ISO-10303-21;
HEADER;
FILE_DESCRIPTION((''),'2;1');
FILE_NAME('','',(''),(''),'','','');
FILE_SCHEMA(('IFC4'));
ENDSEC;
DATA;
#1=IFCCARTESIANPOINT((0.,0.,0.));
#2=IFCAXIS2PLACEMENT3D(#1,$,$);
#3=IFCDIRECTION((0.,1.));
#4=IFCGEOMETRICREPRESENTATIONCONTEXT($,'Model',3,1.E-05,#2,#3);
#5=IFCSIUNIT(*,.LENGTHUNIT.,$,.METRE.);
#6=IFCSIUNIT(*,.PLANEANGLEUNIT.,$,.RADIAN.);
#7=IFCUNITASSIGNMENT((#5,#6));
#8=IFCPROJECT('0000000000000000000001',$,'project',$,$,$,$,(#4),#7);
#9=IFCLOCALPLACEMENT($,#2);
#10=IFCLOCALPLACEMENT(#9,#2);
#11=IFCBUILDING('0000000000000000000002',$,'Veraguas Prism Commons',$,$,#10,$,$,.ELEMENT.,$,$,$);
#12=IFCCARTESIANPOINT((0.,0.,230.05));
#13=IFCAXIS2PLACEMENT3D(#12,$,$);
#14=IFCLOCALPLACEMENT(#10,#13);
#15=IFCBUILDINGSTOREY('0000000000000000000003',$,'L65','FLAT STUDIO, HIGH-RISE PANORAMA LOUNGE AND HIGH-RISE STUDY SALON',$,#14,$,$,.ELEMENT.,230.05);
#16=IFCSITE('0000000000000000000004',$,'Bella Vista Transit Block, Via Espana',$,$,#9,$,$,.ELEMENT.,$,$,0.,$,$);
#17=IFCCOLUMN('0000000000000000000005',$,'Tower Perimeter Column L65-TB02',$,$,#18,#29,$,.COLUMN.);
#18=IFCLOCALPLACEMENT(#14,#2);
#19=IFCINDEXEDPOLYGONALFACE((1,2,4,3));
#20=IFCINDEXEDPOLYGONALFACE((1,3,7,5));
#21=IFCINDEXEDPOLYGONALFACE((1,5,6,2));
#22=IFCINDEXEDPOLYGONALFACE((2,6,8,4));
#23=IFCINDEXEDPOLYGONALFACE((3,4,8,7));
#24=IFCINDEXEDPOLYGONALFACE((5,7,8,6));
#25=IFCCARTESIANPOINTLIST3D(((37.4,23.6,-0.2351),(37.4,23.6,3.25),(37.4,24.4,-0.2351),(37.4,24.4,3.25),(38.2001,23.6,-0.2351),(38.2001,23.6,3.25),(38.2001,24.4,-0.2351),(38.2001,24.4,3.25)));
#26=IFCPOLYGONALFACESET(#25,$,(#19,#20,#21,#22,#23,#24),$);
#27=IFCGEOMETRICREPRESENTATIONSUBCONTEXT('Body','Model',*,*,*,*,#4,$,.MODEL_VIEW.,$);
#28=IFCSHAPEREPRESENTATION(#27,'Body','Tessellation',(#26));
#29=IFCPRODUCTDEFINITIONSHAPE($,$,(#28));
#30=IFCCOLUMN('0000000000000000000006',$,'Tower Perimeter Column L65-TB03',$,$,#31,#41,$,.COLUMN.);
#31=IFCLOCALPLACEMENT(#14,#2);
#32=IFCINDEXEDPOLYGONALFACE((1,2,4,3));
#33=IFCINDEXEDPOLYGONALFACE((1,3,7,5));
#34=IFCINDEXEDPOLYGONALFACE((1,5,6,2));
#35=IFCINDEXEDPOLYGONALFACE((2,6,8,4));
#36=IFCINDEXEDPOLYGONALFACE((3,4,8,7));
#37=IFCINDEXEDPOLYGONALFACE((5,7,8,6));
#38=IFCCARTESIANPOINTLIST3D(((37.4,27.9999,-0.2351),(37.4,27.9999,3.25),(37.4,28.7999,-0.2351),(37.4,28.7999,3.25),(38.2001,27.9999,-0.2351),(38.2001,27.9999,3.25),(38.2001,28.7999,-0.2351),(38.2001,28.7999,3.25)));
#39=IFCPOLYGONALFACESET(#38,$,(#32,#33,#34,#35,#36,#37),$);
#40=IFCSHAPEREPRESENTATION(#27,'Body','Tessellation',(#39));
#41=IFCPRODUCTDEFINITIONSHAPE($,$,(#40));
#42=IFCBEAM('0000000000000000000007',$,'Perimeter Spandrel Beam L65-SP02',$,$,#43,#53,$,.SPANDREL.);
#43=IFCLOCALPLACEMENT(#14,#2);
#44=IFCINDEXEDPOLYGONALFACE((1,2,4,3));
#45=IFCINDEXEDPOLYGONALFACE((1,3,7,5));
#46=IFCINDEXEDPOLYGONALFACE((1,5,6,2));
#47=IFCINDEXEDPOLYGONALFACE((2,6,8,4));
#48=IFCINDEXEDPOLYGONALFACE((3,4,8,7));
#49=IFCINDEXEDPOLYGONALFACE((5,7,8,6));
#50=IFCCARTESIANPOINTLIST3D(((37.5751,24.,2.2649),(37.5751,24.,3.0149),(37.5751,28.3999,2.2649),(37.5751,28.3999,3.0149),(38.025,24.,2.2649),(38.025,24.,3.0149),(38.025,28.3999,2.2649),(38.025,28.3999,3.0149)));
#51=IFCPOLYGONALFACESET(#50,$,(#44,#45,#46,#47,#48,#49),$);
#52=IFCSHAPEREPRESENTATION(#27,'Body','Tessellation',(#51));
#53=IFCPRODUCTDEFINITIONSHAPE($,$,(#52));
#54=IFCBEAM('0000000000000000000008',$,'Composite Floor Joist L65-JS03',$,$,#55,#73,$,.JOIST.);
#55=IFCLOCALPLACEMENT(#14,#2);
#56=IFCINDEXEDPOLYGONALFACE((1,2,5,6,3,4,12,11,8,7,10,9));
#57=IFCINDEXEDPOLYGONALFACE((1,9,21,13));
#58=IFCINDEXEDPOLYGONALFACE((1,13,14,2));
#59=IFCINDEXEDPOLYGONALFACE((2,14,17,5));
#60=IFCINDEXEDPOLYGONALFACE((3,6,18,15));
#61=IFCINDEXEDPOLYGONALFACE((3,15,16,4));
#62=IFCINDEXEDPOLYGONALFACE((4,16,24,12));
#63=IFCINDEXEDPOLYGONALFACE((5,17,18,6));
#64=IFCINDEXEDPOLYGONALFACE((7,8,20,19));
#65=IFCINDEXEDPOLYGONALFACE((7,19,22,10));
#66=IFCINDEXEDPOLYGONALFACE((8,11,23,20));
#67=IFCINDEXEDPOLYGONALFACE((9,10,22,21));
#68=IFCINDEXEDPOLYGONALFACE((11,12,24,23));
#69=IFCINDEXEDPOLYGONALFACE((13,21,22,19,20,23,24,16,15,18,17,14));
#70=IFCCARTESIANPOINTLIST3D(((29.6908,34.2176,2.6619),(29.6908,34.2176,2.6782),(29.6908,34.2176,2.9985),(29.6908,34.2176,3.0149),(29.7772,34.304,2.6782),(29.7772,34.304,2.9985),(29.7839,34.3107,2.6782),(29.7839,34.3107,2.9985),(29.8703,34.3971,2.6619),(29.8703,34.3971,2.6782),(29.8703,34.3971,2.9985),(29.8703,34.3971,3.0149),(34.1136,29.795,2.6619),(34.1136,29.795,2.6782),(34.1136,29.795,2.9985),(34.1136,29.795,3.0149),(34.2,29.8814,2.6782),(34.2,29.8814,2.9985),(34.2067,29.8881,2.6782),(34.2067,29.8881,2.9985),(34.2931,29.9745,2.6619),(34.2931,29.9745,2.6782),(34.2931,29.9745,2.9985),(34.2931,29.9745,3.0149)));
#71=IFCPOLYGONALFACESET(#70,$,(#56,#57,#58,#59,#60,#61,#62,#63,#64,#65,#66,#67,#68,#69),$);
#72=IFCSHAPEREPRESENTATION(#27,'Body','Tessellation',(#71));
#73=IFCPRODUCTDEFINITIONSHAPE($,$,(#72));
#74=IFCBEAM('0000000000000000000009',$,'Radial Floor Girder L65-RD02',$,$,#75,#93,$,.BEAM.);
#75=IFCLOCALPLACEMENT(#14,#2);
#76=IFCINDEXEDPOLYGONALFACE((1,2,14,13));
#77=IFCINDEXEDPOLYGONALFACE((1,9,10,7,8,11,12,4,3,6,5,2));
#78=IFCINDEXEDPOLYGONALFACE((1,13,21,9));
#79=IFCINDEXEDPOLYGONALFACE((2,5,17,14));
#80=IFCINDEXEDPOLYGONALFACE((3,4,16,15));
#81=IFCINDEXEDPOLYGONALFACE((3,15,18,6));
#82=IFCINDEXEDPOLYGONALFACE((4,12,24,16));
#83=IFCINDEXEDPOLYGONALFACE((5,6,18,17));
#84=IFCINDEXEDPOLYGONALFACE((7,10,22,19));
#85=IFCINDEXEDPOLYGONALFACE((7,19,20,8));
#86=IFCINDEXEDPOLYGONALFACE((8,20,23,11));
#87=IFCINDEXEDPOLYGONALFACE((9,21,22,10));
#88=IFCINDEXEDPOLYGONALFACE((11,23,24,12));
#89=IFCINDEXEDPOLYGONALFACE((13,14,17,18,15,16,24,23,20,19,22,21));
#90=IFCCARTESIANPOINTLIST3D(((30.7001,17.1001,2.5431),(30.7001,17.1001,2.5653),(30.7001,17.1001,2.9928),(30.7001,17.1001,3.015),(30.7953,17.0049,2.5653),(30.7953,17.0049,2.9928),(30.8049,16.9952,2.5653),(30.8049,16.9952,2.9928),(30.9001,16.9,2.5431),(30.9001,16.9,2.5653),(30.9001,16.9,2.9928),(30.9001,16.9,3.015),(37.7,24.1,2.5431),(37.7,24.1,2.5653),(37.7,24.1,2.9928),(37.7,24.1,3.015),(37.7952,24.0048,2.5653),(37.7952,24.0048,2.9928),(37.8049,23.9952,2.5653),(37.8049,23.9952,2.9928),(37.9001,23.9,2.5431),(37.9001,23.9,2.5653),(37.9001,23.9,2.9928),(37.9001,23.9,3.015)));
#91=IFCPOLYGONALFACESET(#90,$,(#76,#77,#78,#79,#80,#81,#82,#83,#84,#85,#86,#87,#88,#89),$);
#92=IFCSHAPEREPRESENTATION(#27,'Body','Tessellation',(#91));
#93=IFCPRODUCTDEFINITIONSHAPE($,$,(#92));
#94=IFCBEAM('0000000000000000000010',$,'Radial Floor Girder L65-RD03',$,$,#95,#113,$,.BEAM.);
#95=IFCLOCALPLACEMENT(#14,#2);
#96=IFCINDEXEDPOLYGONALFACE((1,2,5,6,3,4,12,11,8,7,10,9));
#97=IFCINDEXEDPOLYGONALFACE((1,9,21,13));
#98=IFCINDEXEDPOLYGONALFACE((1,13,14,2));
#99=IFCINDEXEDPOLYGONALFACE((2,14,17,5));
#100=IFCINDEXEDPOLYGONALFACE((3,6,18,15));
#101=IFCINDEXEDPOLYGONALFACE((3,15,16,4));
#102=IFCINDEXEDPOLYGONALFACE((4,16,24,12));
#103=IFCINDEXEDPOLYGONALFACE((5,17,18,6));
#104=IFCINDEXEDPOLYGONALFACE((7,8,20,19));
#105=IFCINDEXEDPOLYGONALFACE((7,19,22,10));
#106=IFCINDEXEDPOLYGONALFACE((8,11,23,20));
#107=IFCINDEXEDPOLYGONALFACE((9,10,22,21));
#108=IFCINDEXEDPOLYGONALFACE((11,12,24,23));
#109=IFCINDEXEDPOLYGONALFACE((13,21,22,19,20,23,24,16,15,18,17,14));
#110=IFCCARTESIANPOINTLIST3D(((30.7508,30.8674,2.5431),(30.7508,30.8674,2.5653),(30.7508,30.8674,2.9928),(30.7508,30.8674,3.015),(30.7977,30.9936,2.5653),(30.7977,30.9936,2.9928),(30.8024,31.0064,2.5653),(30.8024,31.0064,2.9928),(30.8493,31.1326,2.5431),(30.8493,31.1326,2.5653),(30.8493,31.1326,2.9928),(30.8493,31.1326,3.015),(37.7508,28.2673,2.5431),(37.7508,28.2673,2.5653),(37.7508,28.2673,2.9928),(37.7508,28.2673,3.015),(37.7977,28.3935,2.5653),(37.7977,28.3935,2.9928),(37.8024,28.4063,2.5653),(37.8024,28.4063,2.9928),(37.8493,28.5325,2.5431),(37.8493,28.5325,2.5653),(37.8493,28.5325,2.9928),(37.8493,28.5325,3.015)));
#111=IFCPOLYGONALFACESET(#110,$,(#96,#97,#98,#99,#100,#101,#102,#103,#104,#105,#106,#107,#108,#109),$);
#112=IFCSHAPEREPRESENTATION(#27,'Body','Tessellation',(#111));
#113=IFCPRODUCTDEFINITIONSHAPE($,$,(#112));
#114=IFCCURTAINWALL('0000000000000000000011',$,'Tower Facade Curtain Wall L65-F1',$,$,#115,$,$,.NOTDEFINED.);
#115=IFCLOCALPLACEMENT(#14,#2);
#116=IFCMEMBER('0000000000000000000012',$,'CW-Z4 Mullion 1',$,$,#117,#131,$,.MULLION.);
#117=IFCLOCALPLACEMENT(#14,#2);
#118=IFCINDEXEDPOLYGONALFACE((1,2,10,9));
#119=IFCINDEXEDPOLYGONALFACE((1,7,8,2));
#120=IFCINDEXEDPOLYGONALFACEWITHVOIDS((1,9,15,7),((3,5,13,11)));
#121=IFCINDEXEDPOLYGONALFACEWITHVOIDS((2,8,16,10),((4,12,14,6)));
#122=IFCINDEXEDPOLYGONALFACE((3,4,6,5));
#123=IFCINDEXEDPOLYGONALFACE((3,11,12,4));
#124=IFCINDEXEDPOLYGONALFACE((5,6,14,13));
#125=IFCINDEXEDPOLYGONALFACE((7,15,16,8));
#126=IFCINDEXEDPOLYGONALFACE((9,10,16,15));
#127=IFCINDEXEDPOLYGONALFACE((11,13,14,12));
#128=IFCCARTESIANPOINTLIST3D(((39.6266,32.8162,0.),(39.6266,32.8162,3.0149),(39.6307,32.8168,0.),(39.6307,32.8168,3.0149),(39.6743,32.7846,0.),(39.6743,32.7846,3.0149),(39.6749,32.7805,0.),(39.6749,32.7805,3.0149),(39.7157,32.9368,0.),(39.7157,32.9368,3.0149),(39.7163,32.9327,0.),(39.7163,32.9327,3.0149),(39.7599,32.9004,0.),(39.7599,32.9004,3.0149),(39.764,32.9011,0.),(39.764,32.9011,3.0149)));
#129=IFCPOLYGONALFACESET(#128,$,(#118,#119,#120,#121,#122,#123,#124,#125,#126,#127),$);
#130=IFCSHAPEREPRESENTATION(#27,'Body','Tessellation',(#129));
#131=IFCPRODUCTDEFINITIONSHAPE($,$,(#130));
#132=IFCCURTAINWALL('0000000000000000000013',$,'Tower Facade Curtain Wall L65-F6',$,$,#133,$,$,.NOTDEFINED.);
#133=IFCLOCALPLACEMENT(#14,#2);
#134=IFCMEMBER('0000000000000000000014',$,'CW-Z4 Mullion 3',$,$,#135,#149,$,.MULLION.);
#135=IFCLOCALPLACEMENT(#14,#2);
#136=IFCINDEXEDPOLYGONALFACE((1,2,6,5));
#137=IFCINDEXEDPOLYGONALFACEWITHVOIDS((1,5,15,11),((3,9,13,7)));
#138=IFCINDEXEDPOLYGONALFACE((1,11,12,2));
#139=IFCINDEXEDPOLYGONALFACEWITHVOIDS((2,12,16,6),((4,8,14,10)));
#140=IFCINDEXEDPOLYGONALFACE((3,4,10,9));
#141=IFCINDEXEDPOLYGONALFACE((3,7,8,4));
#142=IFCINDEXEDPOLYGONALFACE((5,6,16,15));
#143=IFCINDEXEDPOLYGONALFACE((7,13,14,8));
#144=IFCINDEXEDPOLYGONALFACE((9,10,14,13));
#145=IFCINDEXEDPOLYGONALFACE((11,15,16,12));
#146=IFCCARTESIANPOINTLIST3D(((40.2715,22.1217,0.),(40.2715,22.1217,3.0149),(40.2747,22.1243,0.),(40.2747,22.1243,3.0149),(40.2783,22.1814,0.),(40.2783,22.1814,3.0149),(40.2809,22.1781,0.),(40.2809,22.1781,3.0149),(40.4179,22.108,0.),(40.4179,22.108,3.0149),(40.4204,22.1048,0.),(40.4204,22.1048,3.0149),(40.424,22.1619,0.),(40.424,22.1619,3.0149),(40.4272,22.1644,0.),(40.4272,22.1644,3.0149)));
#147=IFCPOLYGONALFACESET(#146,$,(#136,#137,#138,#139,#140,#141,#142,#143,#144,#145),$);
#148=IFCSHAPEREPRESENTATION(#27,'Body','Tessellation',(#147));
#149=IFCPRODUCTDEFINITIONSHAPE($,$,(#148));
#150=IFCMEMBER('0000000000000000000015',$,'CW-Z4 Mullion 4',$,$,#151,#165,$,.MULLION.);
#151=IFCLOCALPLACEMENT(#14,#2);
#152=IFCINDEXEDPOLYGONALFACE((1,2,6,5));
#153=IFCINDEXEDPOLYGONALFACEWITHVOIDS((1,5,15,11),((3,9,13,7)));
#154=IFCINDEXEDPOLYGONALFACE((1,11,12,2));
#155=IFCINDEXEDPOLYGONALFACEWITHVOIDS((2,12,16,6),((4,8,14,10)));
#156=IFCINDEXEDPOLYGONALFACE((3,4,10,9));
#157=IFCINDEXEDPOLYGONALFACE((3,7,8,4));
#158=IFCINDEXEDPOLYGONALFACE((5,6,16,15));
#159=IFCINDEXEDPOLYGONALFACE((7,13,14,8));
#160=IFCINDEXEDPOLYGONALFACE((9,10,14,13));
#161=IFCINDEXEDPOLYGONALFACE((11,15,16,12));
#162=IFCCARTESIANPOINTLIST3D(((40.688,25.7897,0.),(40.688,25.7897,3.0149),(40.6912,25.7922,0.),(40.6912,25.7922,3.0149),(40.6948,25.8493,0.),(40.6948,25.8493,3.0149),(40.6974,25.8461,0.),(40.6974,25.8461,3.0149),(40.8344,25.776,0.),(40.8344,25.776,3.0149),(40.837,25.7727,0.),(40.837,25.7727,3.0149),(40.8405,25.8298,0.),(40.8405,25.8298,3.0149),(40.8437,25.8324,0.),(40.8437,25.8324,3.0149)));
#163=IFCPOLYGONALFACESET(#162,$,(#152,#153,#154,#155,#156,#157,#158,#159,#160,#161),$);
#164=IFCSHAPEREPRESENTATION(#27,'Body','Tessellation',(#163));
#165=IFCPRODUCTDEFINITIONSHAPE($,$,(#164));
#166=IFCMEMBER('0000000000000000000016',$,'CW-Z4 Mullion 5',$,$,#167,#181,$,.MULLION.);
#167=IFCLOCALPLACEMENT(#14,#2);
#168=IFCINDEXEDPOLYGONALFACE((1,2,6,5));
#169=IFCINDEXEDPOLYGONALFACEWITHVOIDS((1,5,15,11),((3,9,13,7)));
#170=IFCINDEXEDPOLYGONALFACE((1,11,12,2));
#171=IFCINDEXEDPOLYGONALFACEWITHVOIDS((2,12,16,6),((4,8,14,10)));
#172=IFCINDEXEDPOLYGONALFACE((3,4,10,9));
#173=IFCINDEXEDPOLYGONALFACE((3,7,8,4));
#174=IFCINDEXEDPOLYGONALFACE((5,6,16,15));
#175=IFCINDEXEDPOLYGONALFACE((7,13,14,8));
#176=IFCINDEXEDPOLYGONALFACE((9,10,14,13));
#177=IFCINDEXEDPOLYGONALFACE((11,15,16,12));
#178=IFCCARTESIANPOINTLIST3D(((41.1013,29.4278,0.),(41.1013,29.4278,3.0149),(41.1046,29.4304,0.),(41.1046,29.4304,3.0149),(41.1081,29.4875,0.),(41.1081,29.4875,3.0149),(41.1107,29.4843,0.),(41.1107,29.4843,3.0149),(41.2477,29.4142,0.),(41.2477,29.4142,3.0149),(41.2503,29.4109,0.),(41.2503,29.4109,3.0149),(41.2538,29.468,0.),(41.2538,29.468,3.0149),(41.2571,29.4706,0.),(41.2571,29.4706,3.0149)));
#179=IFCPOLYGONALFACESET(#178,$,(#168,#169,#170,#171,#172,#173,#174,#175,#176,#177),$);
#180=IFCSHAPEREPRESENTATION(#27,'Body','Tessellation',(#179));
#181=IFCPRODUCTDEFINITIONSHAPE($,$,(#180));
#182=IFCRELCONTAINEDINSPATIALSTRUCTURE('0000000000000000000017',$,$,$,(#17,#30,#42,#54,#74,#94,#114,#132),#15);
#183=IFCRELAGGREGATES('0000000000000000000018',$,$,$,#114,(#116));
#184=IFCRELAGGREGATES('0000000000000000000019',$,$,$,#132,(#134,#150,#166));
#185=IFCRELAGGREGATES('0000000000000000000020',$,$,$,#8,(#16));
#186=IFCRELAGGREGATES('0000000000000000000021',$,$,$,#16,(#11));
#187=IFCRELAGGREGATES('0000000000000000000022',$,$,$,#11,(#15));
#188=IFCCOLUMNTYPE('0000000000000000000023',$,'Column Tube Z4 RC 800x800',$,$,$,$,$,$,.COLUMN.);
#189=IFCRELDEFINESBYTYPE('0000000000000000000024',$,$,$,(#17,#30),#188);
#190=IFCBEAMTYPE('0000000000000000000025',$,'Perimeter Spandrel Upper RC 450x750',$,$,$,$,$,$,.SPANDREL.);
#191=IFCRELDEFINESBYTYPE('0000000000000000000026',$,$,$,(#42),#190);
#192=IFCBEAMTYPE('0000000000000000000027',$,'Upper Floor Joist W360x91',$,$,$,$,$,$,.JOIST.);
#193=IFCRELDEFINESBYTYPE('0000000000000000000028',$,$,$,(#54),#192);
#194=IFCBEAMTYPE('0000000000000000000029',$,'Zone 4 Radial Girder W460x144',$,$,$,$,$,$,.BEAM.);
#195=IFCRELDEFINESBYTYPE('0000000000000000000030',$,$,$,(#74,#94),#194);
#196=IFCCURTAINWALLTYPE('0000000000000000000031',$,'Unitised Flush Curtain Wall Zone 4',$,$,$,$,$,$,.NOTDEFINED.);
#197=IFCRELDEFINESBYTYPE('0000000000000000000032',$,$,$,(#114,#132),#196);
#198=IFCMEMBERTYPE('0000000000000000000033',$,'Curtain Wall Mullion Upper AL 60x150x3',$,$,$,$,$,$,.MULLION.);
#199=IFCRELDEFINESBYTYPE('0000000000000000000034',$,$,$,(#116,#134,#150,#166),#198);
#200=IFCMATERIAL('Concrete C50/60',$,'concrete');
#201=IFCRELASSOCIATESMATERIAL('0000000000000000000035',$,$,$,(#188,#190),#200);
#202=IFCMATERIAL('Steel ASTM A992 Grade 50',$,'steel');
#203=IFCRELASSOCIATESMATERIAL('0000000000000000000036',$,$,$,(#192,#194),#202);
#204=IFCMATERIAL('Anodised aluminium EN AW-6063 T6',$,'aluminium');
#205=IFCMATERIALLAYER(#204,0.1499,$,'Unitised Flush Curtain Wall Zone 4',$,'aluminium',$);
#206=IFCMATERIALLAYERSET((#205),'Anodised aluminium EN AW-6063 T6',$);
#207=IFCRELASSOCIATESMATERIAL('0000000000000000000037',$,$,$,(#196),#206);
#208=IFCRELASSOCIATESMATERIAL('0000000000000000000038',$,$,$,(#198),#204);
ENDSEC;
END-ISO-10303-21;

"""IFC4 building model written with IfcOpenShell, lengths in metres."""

from ifc_helpers import new_model, si_unit, direction, frame, origin, origin_2d, place, context, subcontext, project, spatial, rectangle, hollow_rectangle, i_section, extrude, source, transform, mapped, material, layer, layer_set, material_profile, profile_set, type_object, element, aggregate, save


model = new_model("IFC4")

# Units and contexts
model_context = context("Model", 3, precision=1e-05, world=origin(), true_north=direction((0.0, 1.0)))
body_context = subcontext(model_context, "Body", "Model", "MODEL_VIEW")
ifc_project = project(units=[si_unit("LENGTHUNIT", "METRE"), si_unit("PLANEANGLEUNIT", "RADIAN")], contexts=[model_context])

# Site, building, storey
site_placement = place(None, origin())
site = spatial("IfcSite", under=ifc_project, at=site_placement, Name="Bella Vista Transit Block, Via Espana", CompositionType="ELEMENT", RefElevation=0.0)
building_placement = place(site_placement, origin())
building = spatial("IfcBuilding", under=site, at=building_placement, Name="Veraguas Prism Commons", CompositionType="ELEMENT")
storey_placement = place(building_placement, frame((0.0, 0.0, 230.05)))
storey = spatial("IfcBuildingStorey", under=building, at=storey_placement, Name="L65", Description="FLAT STUDIO, HIGH-RISE PANORAMA LOUNGE AND HIGH-RISE STUDY SALON", CompositionType="ELEMENT", Elevation=230.05)

# Columns
ifc_material_1 = material(Name="Concrete C50/60", Category="concrete")
ifc_material_profile_1 = material_profile(ifc_material_1, rectangle(XDim=0.8, YDim=0.8, at=origin_2d()), Name="RC800X800")
ifc_profile_set_1 = profile_set([ifc_material_profile_1], Name="Concrete C50/60")
column_type = type_object("IfcColumnType", Name="Column Tube Z4 RC 800x800", PredefinedType="COLUMN", material=ifc_profile_set_1)
for number, where, z_axis, x_axis, name in (
    (1, (37.8, 24.0, -0.2351), (0.0, 0.0, 1.0), (1.0, 0.0, 0.0), "Tower Perimeter Column L65-TB02"),
    (2, (37.8, 28.3999, -0.2351), (0.0, 0.0, 1.0), (1.0, 0.0, 0.0), "Tower Perimeter Column L65-TB03"),
):
    element("IfcColumn", number, at=place(storey_placement, frame(where, z_axis=z_axis, x_axis=x_axis)), inside=storey, type_object=column_type, Name=name, PredefinedType="COLUMN", context=body_context, shape_type="SweptSolid", body=[
        extrude(rectangle(XDim=0.8, YDim=0.8, at=origin_2d()), origin(), (0.0, 0.0, 1.0), 3.4851),
    ])

# Beams
ifc_material_profile_2 = material_profile(ifc_material_1, rectangle(XDim=0.45, YDim=0.75, at=origin_2d()), Name="RC450X750")
ifc_profile_set_2 = profile_set([ifc_material_profile_2], Name="Concrete C50/60")
beam_type_1 = type_object("IfcBeamType", Name="Perimeter Spandrel Upper RC 450x750", PredefinedType="SPANDREL", material=ifc_profile_set_2)
beam_1_placement = place(storey_placement, frame((37.8, 24.0, 2.6399), z_axis=(0.0, 1.0, 0.0), x_axis=(-1.0, 0.0, 0.0)))
element("IfcBeam", 3, at=beam_1_placement, inside=storey, type_object=beam_type_1, Name="Perimeter Spandrel Beam L65-SP02", PredefinedType="SPANDREL", context=body_context, shape_type="SweptSolid", body=[
    extrude(rectangle(XDim=0.45, YDim=0.75, at=origin_2d()), origin(), (0.0, 0.0, 1.0), 4.3999),
])
ifc_material_2 = material(Name="Steel ASTM A992 Grade 50", Category="steel")
ifc_material_profile_3 = material_profile(ifc_material_2, i_section(OverallWidth=0.2539, OverallDepth=0.353, WebThickness=0.0095, FlangeThickness=0.0164, at=origin_2d()), Name="W360X91")
ifc_profile_set_3 = profile_set([ifc_material_profile_3], Name="Steel ASTM A992 Grade 50")
beam_type_2 = type_object("IfcBeamType", Name="Upper Floor Joist W360x91", PredefinedType="JOIST", material=ifc_profile_set_3)
beam_2_placement = place(storey_placement, frame((34.2034, 29.8848, 2.8384), z_axis=(-0.707126, 0.707087, 0.0), x_axis=(-0.707087, -0.707126, 0.0)))
element("IfcBeam", 4, at=beam_2_placement, inside=storey, type_object=beam_type_2, Name="Composite Floor Joist L65-JS03", PredefinedType="JOIST", context=body_context, shape_type="SweptSolid", body=[
    extrude(i_section(OverallWidth=0.2539, OverallDepth=0.353, WebThickness=0.0095, FlangeThickness=0.0164, at=origin_2d()), origin(), (0.0, 0.0, 1.0), 6.2546),
])
ifc_material_profile_4 = material_profile(ifc_material_2, i_section(OverallWidth=0.283, OverallDepth=0.4719, WebThickness=0.0137, FlangeThickness=0.0222, at=origin_2d()), Name="W460X144")
ifc_profile_set_4 = profile_set([ifc_material_profile_4], Name="Steel ASTM A992 Grade 50")
beam_type_3 = type_object("IfcBeamType", Name="Zone 4 Radial Girder W460x144", PredefinedType="BEAM", material=ifc_profile_set_4)
beam_3_placement = place(storey_placement, frame((37.8, 24.0, 2.7791), z_axis=(-0.707107, -0.707107, 0.0), x_axis=(0.707107, -0.707107, 0.0)))
element("IfcBeam", 5, at=beam_3_placement, inside=storey, type_object=beam_type_3, Name="Radial Floor Girder L65-RD02", PredefinedType="BEAM", context=body_context, shape_type="SweptSolid", body=[
    extrude(i_section(OverallWidth=0.283, OverallDepth=0.4719, WebThickness=0.0137, FlangeThickness=0.0222, at=origin_2d()), origin(), (0.0, 0.0, 1.0), 9.8994),
])
beam_4_placement = place(storey_placement, frame((37.8, 28.3999, 2.7791), z_axis=(-0.937421, 0.348198, 0.0), x_axis=(-0.348198, -0.937421, 0.0)))
element("IfcBeam", 6, at=beam_4_placement, inside=storey, type_object=beam_type_3, Name="Radial Floor Girder L65-RD03", PredefinedType="BEAM", context=body_context, shape_type="SweptSolid", body=[
    extrude(i_section(OverallWidth=0.283, OverallDepth=0.4719, WebThickness=0.0137, FlangeThickness=0.0222, at=origin_2d()), origin(), (0.0, 0.0, 1.0), 7.4673),
])

# Curtain wall, member
ifc_material_3 = material(Name="Anodised aluminium EN AW-6063 T6", Category="aluminium")
ifc_layer_1 = layer(ifc_material_3, 0.1499, Name="Unitised Flush Curtain Wall Zone 4", Category="aluminium")
ifc_layer_set_1 = layer_set([ifc_layer_1], Name="Anodised aluminium EN AW-6063 T6")
curtain_wall_type = type_object("IfcCurtainWallType", Name="Unitised Flush Curtain Wall Zone 4", PredefinedType="NOTDEFINED", material=ifc_layer_set_1)
curtain_wall_1_placement = place(storey_placement, origin())
curtain_wall_1 = element("IfcCurtainWall", 7, at=curtain_wall_1_placement, inside=storey, type_object=curtain_wall_type, Name="Tower Facade Curtain Wall L65-F1", PredefinedType="NOTDEFINED")
ifc_material_profile_5 = material_profile(ifc_material_3, hollow_rectangle(XDim=0.0601, YDim=0.1499, WallThickness=0.0029, at=origin_2d()), Name="AL60X150X3")
ifc_profile_set_5 = profile_set([ifc_material_profile_5], Name="Anodised aluminium EN AW-6063 T6")
member_type = type_object("IfcMemberType", Name="Curtain Wall Mullion Upper AL 60x150x3", PredefinedType="MULLION", material=ifc_profile_set_5)
shared_shape_1 = source(origin(), body_context, "Body", "SweptSolid", [
    extrude(hollow_rectangle(XDim=0.0601, YDim=0.1499, WallThickness=0.0029, at=origin_2d()), origin(), (0.0, 0.0, 1.0), 3.0149),
])
member_1_placement = place(storey_placement, frame((39.6953, 32.8586, 0.0), z_axis=(0.0, 0.0, 1.0), x_axis=(-0.804068, 0.594538, 0.0)))
member_1 = element("IfcMember", 8, at=member_1_placement, type_object=member_type, Name="CW-Z4 Mullion 1", PredefinedType="MULLION", context=body_context, shape_type="MappedRepresentation", body=[
    mapped(shared_shape_1, transform((0.0, 0.0, 0.0), scale=1.0)),
])
aggregate(curtain_wall_1, [member_1])

# Curtain wall, members
curtain_wall_2_placement = place(storey_placement, origin())
curtain_wall_2 = element("IfcCurtainWall", 9, at=curtain_wall_2_placement, inside=storey, type_object=curtain_wall_type, Name="Tower Facade Curtain Wall L65-F6", PredefinedType="NOTDEFINED")
member_2_placement = place(storey_placement, frame((40.3494, 22.1431, 0.0), z_axis=(0.0, 0.0, 1.0), x_axis=(0.112858, 0.993611, 0.0)))
member_2 = element("IfcMember", 10, at=member_2_placement, type_object=member_type, Name="CW-Z4 Mullion 3", PredefinedType="MULLION", context=body_context, shape_type="MappedRepresentation", body=[
    mapped(shared_shape_1, transform((0.0, 0.0, 0.0), scale=1.0)),
])
member_3_placement = place(storey_placement, frame((40.7659, 25.811, 0.0), z_axis=(0.0, 0.0, 1.0), x_axis=(0.112858, 0.993611, 0.0)))
member_3 = element("IfcMember", 11, at=member_3_placement, type_object=member_type, Name="CW-Z4 Mullion 4", PredefinedType="MULLION", context=body_context, shape_type="MappedRepresentation", body=[
    mapped(shared_shape_1, transform((0.0, 0.0, 0.0), scale=1.0)),
])
member_4_placement = place(storey_placement, frame((41.1792, 29.4492, 0.0), z_axis=(0.0, 0.0, 1.0), x_axis=(0.112858, 0.993611, 0.0)))
member_4 = element("IfcMember", 12, at=member_4_placement, type_object=member_type, Name="CW-Z4 Mullion 5", PredefinedType="MULLION", context=body_context, shape_type="MappedRepresentation", body=[
    mapped(shared_shape_1, transform((0.0, 0.0, 0.0), scale=1.0)),
])
aggregate(curtain_wall_2, [member_2, member_3, member_4])

save(model, "model.ifc")
